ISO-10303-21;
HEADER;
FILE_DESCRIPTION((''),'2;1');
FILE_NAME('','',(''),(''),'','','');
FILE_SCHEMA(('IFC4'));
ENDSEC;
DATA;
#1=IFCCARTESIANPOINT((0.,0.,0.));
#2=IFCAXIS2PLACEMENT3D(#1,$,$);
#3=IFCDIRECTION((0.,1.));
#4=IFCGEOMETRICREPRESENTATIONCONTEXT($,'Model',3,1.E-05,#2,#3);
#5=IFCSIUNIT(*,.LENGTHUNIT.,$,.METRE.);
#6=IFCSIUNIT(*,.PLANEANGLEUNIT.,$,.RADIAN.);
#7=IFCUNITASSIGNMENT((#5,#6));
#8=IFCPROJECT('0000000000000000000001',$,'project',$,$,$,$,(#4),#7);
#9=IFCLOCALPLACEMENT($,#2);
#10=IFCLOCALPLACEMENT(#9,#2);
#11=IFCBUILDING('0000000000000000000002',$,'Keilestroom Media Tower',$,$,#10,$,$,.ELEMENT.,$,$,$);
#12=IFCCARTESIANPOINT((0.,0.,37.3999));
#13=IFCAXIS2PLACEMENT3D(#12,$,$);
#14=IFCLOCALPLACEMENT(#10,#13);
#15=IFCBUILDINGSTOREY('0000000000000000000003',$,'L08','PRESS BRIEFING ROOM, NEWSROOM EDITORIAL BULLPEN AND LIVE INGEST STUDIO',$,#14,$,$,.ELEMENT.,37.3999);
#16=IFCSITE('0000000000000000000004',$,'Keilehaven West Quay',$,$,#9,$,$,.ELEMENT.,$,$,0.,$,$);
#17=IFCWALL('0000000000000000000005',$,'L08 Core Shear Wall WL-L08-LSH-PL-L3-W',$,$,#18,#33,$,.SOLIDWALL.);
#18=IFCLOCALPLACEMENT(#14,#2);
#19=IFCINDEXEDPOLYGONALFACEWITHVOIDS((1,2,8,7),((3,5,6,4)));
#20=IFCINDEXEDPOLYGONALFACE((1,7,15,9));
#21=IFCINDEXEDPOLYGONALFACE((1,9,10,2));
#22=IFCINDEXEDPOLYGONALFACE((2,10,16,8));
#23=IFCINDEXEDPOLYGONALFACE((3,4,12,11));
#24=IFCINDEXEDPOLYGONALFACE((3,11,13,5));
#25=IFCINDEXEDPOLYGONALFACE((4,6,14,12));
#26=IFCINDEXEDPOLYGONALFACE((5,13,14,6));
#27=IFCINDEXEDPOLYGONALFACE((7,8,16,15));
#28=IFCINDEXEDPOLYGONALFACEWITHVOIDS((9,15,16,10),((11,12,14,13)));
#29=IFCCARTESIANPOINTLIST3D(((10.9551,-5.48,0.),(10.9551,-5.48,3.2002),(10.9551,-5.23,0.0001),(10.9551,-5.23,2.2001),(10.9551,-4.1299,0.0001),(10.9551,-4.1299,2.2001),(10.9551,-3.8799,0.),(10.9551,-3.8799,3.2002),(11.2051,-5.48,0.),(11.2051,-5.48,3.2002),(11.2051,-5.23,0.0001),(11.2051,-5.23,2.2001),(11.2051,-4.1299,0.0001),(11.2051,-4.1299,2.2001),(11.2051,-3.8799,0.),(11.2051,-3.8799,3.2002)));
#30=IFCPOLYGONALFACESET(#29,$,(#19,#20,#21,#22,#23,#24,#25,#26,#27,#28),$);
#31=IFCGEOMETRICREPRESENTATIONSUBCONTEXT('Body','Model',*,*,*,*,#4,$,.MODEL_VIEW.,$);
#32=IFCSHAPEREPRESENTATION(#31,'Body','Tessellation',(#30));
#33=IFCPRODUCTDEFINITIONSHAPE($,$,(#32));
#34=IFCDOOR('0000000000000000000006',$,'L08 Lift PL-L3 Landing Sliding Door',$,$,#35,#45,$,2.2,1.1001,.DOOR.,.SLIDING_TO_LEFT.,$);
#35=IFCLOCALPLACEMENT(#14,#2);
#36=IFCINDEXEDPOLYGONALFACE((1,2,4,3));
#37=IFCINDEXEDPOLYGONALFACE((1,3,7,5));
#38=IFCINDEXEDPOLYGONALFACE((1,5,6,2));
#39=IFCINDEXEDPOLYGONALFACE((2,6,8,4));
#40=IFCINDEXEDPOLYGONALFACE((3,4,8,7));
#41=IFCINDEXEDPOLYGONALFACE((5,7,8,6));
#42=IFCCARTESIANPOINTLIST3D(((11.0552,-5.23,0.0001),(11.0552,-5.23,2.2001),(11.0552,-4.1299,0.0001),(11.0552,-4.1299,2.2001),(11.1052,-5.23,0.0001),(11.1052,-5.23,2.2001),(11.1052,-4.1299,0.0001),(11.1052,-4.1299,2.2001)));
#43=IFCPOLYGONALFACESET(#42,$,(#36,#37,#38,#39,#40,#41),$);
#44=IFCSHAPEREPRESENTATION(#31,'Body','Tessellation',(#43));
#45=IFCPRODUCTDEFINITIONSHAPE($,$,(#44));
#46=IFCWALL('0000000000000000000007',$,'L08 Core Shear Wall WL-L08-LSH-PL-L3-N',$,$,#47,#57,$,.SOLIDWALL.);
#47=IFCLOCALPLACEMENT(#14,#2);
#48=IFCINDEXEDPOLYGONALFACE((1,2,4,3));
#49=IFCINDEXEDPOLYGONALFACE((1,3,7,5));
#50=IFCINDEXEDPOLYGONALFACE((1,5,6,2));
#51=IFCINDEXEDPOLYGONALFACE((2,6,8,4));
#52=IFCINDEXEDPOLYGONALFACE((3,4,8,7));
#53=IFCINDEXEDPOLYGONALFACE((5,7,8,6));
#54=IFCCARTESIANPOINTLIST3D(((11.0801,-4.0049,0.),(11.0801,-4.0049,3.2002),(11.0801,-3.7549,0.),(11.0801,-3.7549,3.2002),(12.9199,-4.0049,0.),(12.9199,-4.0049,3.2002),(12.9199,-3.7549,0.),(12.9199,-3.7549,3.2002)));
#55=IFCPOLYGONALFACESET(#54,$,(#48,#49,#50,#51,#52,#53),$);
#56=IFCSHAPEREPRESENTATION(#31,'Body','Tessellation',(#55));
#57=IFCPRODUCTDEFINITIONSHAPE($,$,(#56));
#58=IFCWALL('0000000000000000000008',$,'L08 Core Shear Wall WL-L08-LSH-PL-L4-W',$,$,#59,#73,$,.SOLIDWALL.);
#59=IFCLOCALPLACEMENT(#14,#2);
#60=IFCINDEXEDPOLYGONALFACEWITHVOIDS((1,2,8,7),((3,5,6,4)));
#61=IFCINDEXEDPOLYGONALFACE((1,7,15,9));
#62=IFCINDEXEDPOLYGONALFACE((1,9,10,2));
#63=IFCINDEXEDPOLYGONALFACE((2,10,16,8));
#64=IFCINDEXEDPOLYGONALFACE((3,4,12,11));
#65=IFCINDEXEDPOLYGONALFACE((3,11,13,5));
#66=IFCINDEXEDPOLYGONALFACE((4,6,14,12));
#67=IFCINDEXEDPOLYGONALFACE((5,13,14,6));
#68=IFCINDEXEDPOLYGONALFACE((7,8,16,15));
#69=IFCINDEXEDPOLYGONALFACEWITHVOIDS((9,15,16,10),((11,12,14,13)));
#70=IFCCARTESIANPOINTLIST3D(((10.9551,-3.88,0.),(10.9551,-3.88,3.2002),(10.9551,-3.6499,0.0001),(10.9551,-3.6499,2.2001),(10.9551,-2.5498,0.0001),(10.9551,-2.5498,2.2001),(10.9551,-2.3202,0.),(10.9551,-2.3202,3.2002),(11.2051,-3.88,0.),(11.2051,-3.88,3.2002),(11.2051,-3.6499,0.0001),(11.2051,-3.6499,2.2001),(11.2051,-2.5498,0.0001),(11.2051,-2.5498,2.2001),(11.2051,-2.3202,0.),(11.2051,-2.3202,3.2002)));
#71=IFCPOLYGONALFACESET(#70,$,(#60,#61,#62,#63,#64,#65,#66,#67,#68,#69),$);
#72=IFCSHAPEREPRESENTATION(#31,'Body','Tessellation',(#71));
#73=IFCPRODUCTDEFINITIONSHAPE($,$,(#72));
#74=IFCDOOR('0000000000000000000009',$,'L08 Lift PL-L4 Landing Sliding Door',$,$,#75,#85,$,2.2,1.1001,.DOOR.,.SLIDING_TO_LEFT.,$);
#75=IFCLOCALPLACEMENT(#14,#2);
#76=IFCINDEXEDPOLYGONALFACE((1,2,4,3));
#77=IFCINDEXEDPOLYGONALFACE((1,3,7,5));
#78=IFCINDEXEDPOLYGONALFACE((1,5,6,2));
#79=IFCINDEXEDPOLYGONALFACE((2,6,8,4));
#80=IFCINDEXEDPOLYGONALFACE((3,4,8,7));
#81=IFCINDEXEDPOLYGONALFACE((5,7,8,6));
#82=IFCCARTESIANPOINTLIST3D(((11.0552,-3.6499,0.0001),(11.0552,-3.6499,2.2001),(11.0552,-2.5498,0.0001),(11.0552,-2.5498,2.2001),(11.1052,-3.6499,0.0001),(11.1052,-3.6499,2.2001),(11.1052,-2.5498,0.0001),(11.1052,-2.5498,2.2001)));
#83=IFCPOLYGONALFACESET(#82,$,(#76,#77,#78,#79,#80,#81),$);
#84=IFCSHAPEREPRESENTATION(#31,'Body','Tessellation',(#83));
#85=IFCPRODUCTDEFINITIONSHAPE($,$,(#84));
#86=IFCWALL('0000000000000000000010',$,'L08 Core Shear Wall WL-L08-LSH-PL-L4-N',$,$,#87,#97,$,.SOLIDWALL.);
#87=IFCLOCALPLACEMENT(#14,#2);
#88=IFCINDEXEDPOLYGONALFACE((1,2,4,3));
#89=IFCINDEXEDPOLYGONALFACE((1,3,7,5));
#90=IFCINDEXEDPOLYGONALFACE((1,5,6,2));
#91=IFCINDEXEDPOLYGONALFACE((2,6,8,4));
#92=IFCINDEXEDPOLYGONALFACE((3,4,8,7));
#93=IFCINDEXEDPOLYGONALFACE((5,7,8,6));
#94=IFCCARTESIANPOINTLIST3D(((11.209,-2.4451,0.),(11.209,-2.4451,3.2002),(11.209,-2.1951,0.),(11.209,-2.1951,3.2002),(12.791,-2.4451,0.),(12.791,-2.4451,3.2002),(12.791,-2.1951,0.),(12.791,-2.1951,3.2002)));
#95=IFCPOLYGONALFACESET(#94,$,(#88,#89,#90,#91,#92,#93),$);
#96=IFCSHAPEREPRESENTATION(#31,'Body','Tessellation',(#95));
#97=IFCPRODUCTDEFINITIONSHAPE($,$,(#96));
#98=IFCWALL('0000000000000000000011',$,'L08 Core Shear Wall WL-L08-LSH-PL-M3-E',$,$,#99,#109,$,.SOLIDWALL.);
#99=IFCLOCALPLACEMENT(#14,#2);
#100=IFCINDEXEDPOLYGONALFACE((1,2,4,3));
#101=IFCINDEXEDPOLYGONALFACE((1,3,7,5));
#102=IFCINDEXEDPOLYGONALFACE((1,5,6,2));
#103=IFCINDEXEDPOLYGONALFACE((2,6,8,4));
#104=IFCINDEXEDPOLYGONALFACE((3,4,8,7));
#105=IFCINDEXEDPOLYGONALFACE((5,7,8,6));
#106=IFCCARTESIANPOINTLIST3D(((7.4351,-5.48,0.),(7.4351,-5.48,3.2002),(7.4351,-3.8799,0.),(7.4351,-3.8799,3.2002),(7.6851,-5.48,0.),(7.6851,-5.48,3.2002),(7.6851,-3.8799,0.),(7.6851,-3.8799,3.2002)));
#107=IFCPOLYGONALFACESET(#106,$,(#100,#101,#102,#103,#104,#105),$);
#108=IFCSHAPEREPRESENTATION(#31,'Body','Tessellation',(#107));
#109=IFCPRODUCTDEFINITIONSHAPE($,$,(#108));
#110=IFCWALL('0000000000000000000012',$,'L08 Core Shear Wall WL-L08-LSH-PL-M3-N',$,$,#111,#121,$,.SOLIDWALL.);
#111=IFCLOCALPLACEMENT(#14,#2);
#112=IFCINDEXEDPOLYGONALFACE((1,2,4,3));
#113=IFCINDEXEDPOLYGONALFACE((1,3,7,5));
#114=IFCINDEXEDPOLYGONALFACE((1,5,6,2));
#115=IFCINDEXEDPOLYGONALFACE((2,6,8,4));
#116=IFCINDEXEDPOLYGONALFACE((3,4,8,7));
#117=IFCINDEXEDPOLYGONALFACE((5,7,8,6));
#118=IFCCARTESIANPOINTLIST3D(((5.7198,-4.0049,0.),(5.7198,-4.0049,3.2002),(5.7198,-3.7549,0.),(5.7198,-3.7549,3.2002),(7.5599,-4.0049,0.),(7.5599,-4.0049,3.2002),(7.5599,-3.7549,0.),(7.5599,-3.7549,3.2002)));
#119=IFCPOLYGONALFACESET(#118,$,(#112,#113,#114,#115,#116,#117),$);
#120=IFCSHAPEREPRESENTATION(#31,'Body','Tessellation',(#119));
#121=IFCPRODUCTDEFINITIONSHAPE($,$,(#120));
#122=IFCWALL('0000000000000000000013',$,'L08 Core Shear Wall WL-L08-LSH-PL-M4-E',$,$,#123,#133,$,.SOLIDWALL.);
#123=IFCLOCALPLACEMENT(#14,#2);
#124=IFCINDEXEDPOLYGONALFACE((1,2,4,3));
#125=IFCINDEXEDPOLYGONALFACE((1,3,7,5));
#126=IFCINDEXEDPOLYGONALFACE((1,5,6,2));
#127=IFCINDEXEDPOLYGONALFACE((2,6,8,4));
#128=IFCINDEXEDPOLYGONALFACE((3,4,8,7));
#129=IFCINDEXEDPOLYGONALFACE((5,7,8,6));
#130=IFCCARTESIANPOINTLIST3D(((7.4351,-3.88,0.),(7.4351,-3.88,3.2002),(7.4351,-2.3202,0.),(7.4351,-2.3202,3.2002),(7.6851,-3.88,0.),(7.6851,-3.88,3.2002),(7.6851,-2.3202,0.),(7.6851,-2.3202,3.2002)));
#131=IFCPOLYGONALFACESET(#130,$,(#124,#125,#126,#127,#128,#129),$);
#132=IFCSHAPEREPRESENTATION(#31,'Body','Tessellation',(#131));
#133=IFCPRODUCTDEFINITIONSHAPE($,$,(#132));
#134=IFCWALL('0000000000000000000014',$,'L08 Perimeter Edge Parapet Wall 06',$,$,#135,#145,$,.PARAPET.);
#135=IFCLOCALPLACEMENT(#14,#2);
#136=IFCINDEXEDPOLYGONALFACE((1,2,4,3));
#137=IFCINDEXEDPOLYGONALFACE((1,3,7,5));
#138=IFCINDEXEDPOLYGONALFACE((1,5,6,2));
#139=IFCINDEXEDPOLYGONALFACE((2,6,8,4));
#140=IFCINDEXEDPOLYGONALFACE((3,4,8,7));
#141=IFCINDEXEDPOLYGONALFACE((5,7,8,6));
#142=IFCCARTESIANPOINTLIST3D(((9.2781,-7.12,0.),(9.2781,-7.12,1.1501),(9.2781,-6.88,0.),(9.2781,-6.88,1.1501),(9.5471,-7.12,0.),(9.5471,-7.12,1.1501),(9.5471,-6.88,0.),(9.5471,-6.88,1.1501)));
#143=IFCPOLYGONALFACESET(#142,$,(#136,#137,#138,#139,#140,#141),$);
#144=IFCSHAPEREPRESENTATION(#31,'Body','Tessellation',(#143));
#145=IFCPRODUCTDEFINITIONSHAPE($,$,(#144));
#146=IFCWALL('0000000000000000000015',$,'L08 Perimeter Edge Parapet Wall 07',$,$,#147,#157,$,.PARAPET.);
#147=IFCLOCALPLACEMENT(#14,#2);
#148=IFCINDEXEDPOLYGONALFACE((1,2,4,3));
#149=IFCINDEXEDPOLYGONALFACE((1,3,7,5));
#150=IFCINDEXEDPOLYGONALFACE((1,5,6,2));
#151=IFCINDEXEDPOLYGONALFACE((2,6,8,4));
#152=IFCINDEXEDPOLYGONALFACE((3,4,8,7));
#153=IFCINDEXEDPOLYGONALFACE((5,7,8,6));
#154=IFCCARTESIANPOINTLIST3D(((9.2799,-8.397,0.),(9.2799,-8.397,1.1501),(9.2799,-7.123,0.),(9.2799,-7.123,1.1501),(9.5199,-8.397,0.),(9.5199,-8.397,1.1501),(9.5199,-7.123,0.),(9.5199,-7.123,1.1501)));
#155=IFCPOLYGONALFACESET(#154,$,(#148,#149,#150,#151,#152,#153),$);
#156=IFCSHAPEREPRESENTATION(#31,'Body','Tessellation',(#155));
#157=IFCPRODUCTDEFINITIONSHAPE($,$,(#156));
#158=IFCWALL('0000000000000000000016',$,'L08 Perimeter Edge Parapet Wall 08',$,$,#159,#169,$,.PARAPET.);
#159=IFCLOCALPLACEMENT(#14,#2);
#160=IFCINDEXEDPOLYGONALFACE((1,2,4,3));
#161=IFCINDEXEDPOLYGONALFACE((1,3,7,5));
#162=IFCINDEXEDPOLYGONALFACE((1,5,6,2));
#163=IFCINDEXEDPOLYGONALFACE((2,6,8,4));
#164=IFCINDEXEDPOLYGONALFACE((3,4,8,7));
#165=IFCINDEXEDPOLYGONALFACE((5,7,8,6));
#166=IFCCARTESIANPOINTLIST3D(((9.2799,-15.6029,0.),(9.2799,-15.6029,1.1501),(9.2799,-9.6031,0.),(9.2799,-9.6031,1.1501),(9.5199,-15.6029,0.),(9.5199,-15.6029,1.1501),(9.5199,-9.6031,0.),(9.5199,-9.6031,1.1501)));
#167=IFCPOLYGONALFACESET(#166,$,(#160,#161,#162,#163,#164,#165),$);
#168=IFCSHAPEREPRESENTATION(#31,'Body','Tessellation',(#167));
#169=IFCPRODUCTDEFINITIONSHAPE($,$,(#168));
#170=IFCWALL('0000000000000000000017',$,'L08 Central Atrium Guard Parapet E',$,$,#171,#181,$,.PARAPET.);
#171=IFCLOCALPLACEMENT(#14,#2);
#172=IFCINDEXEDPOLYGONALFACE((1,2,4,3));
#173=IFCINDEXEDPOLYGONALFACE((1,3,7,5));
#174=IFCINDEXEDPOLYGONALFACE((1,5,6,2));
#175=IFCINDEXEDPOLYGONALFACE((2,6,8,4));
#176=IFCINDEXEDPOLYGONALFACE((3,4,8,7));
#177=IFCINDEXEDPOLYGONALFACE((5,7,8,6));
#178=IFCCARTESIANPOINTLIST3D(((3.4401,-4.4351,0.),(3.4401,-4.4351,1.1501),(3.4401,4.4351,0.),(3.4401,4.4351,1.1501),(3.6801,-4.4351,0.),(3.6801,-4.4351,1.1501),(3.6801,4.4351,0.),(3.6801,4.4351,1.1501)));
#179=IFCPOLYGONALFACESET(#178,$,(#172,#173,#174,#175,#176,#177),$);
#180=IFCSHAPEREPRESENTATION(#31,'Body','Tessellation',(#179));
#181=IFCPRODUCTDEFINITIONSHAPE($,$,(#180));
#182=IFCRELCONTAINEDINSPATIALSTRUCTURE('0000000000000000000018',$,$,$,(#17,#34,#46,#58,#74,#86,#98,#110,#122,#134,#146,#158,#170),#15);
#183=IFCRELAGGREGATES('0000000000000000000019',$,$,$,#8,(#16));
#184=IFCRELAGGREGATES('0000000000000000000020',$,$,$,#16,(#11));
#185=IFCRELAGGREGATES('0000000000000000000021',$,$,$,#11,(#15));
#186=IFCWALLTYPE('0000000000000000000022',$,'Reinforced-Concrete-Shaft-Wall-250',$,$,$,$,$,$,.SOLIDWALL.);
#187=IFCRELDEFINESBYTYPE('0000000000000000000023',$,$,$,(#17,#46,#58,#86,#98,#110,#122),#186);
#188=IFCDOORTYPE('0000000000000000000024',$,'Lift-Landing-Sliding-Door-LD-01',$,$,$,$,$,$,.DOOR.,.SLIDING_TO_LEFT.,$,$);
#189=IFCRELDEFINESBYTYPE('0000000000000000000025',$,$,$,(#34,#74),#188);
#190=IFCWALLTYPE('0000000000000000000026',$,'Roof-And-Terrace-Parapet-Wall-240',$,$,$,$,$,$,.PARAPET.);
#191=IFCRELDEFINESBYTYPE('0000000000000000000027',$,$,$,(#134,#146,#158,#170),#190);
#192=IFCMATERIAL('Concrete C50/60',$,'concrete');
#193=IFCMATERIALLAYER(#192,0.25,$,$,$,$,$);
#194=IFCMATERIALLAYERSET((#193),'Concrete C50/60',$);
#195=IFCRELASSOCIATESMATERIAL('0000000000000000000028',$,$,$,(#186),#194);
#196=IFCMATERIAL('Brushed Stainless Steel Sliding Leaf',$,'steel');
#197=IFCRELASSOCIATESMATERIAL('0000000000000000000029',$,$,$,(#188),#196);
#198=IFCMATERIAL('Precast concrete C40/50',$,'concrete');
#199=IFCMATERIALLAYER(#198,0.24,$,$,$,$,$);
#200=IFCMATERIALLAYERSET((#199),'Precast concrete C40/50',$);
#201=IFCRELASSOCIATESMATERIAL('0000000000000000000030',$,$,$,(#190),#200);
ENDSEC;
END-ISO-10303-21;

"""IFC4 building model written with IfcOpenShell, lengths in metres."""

from ifc_helpers import new_model, si_unit, direction, frame, frame_2d, origin, place, context, subcontext, project, spatial, rectangle, extrude, source, transform, mapped, material, layer, layer_set, type_object, element, fill, save


model = new_model("IFC4")

# Units and contexts
model_context = context("Model", 3, precision=1e-05, world=origin(), true_north=direction((0.0, 1.0)))
body_context = subcontext(model_context, "Body", "Model", "MODEL_VIEW")
ifc_project = project(units=[si_unit("LENGTHUNIT", "METRE"), si_unit("PLANEANGLEUNIT", "RADIAN")], contexts=[model_context])

# Site, building, storey
site_placement = place(None, origin())
site = spatial("IfcSite", under=ifc_project, at=site_placement, Name="Keilehaven West Quay", CompositionType="ELEMENT", RefElevation=0.0)
building_placement = place(site_placement, origin())
building = spatial("IfcBuilding", under=site, at=building_placement, Name="Keilestroom Media Tower", CompositionType="ELEMENT")
storey_placement = place(building_placement, frame((0.0, 0.0, 37.3999)))
storey = spatial("IfcBuildingStorey", under=building, at=storey_placement, Name="L08", Description="PRESS BRIEFING ROOM, NEWSROOM EDITORIAL BULLPEN AND LIVE INGEST STUDIO", CompositionType="ELEMENT", Elevation=37.3999)

# Shared definitions
ifc_material_1 = material(Name="Concrete C50/60", Category="concrete")
ifc_layer_1 = layer(ifc_material_1, 0.25)
ifc_layer_set_1 = layer_set([ifc_layer_1], Name="Concrete C50/60")
wall_type_1 = type_object("IfcWallType", Name="Reinforced-Concrete-Shaft-Wall-250", PredefinedType="SOLIDWALL", material=ifc_layer_set_1)

# Shared definitions
ifc_material_2 = material(Name="Brushed Stainless Steel Sliding Leaf", Category="steel")

# Wall, opening, door
wall_1_placement = place(storey_placement, frame((11.0801, -5.48, 0.0), z_axis=(0.0, 0.0, 1.0), x_axis=(0.0, 1.0, 0.0)))
wall_1 = element("IfcWall", 1, at=wall_1_placement, inside=storey, type_object=wall_type_1, Name="L08 Core Shear Wall WL-L08-LSH-PL-L3-W", PredefinedType="SOLIDWALL", context=body_context, shape_type="SweptSolid", body=[
    extrude(rectangle(XDim=1.6001, YDim=0.25, at=frame_2d((0.8, 0.0))), origin(), (0.0, 0.0, 1.0), 3.2002),
])
opening_1_placement = place(wall_1_placement, frame((0.25, 0.0, 0.0)))
opening_1 = element("IfcOpeningElement", 2, at=opening_1_placement, cuts=wall_1, PredefinedType="OPENING", context=body_context, shape_type="SweptSolid", body=[
    extrude(rectangle(XDim=1.1001, YDim=2.2, at=frame_2d((0.55, 1.1001))), frame((0.0, 0.135, 0.0), z_axis=(0.0, -1.0, 0.0), x_axis=(1.0, 0.0, 0.0)), (0.0, 0.0, 1.0), 0.27),
])
door_type_1 = type_object("IfcDoorType", Name="Lift-Landing-Sliding-Door-LD-01", OperationType="SLIDING_TO_LEFT", PredefinedType="DOOR", material=ifc_material_2)
shared_shape_1 = source(origin(), body_context, "Body", "SweptSolid", [
    extrude(rectangle(XDim=1.1001, YDim=2.2, at=frame_2d((0.55, 1.1001))), frame((0.0, 0.0249, 0.0), z_axis=(0.0, -1.0, 0.0), x_axis=(1.0, 0.0, 0.0)), (0.0, 0.0, 1.0), 0.05),
])
door_1_placement = place(opening_1_placement, origin())
door_1 = element("IfcDoor", 3, at=door_1_placement, inside=storey, type_object=door_type_1, Name="L08 Lift PL-L3 Landing Sliding Door", OperationType="SLIDING_TO_LEFT", OverallHeight=2.2, OverallWidth=1.1001, PredefinedType="DOOR", context=body_context, shape_type="MappedRepresentation", body=[
    mapped(shared_shape_1, transform((0.0, 0.0, 0.0), x_axis=(1.0, 0.0, 0.0), y_axis=(0.0, 1.0, 0.0), z_axis=(0.0, 0.0, 1.0), scale=1.0)),
])
fill(opening_1, door_1)

# Wall
wall_2_placement = place(storey_placement, frame((11.0801, -3.8799, 0.0), z_axis=(0.0, 0.0, 1.0), x_axis=(1.0, 0.0, 0.0)))
element("IfcWall", 4, at=wall_2_placement, inside=storey, type_object=wall_type_1, Name="L08 Core Shear Wall WL-L08-LSH-PL-L3-N", PredefinedType="SOLIDWALL", context=body_context, shape_type="SweptSolid", body=[
    extrude(rectangle(XDim=1.8398, YDim=0.25, at=frame_2d((0.9199, 0.0))), origin(), (0.0, 0.0, 1.0), 3.2002),
])

# Wall, opening, door
wall_3_placement = place(storey_placement, frame((11.0801, -3.8799, 0.0), z_axis=(0.0, 0.0, 1.0), x_axis=(0.0, 1.0, 0.0)))
wall_3 = element("IfcWall", 5, at=wall_3_placement, inside=storey, type_object=wall_type_1, Name="L08 Core Shear Wall WL-L08-LSH-PL-L4-W", PredefinedType="SOLIDWALL", context=body_context, shape_type="SweptSolid", body=[
    extrude(rectangle(XDim=1.5598, YDim=0.25, at=frame_2d((0.7798, 0.0))), origin(), (0.0, 0.0, 1.0), 3.2002),
])
opening_2_placement = place(wall_3_placement, frame((0.23, 0.0, 0.0)))
opening_2 = element("IfcOpeningElement", 6, at=opening_2_placement, cuts=wall_3, PredefinedType="OPENING", context=body_context, shape_type="SweptSolid", body=[
    extrude(rectangle(XDim=1.1001, YDim=2.2, at=frame_2d((0.55, 1.1001))), frame((0.0, 0.135, 0.0), z_axis=(0.0, -1.0, 0.0), x_axis=(1.0, 0.0, 0.0)), (0.0, 0.0, 1.0), 0.27),
])
door_2_placement = place(opening_2_placement, origin())
door_2 = element("IfcDoor", 7, at=door_2_placement, inside=storey, type_object=door_type_1, Name="L08 Lift PL-L4 Landing Sliding Door", OperationType="SLIDING_TO_LEFT", OverallHeight=2.2, OverallWidth=1.1001, PredefinedType="DOOR", context=body_context, shape_type="MappedRepresentation", body=[
    mapped(shared_shape_1, transform((0.0, 0.0, 0.0), x_axis=(1.0, 0.0, 0.0), y_axis=(0.0, 1.0, 0.0), z_axis=(0.0, 0.0, 1.0), scale=1.0)),
])
fill(opening_2, door_2)

# Walls
wall_4_placement = place(storey_placement, frame((11.209, -2.3201, 0.0), z_axis=(0.0, 0.0, 1.0), x_axis=(1.0, 0.0, 0.0)))
element("IfcWall", 8, at=wall_4_placement, inside=storey, type_object=wall_type_1, Name="L08 Core Shear Wall WL-L08-LSH-PL-L4-N", PredefinedType="SOLIDWALL", context=body_context, shape_type="SweptSolid", body=[
    extrude(rectangle(XDim=1.582, YDim=0.25, at=frame_2d((0.791, 0.0))), origin(), (0.0, 0.0, 1.0), 3.2002),
])
wall_5_placement = place(storey_placement, frame((7.5601, -5.48, 0.0), z_axis=(0.0, 0.0, 1.0), x_axis=(0.0, 1.0, 0.0)))
element("IfcWall", 9, at=wall_5_placement, inside=storey, type_object=wall_type_1, Name="L08 Core Shear Wall WL-L08-LSH-PL-M3-E", PredefinedType="SOLIDWALL", context=body_context, shape_type="SweptSolid", body=[
    extrude(rectangle(XDim=1.6001, YDim=0.25, at=frame_2d((0.8, 0.0))), origin(), (0.0, 0.0, 1.0), 3.2002),
])
wall_6_placement = place(storey_placement, frame((5.72, -3.8799, 0.0), z_axis=(0.0, 0.0, 1.0), x_axis=(1.0, 0.0, 0.0)))
element("IfcWall", 10, at=wall_6_placement, inside=storey, type_object=wall_type_1, Name="L08 Core Shear Wall WL-L08-LSH-PL-M3-N", PredefinedType="SOLIDWALL", context=body_context, shape_type="SweptSolid", body=[
    extrude(rectangle(XDim=1.8401, YDim=0.25, at=frame_2d((0.9199, 0.0))), origin(), (0.0, 0.0, 1.0), 3.2002),
])
wall_7_placement = place(storey_placement, frame((7.5601, -3.8799, 0.0), z_axis=(0.0, 0.0, 1.0), x_axis=(0.0, 1.0, 0.0)))
element("IfcWall", 11, at=wall_7_placement, inside=storey, type_object=wall_type_1, Name="L08 Core Shear Wall WL-L08-LSH-PL-M4-E", PredefinedType="SOLIDWALL", context=body_context, shape_type="SweptSolid", body=[
    extrude(rectangle(XDim=1.5598, YDim=0.25, at=frame_2d((0.7798, 0.0))), origin(), (0.0, 0.0, 1.0), 3.2002),
])
ifc_material_3 = material(Name="Precast concrete C40/50", Category="concrete")
ifc_layer_2 = layer(ifc_material_3, 0.24)
ifc_layer_set_2 = layer_set([ifc_layer_2], Name="Precast concrete C40/50")
wall_type_2 = type_object("IfcWallType", Name="Roof-And-Terrace-Parapet-Wall-240", PredefinedType="PARAPET", material=ifc_layer_set_2)
wall_8_placement = place(storey_placement, frame((9.5471, -7.0, 0.0), z_axis=(0.0, 0.0, 1.0), x_axis=(-1.0, 0.0, 0.0)))
element("IfcWall", 12, at=wall_8_placement, inside=storey, type_object=wall_type_2, Name="L08 Perimeter Edge Parapet Wall 06", PredefinedType="PARAPET", context=body_context, shape_type="SweptSolid", body=[
    extrude(rectangle(XDim=0.269, YDim=0.24, at=frame_2d((0.1345, 0.0))), origin(), (0.0, 0.0, 1.0), 1.1501),
])
wall_9_placement = place(storey_placement, frame((9.3999, -7.123, 0.0), z_axis=(0.0, 0.0, 1.0), x_axis=(0.0, -1.0, 0.0)))
element("IfcWall", 13, at=wall_9_placement, inside=storey, type_object=wall_type_2, Name="L08 Perimeter Edge Parapet Wall 07", PredefinedType="PARAPET", context=body_context, shape_type="SweptSolid", body=[
    extrude(rectangle(XDim=1.2739, YDim=0.24, at=frame_2d((0.637, 0.0))), origin(), (0.0, 0.0, 1.0), 1.1501),
])
wall_10_placement = place(storey_placement, frame((9.3999, -9.603, 0.0), z_axis=(0.0, 0.0, 1.0), x_axis=(0.0, -1.0, 0.0)))
element("IfcWall", 14, at=wall_10_placement, inside=storey, type_object=wall_type_2, Name="L08 Perimeter Edge Parapet Wall 08", PredefinedType="PARAPET", context=body_context, shape_type="SweptSolid", body=[
    extrude(rectangle(XDim=5.9998, YDim=0.24, at=frame_2d((3.0, 0.0))), origin(), (0.0, 0.0, 1.0), 1.1501),
])
wall_11_placement = place(storey_placement, frame((3.5601, -4.4351, 0.0), z_axis=(0.0, 0.0, 1.0), x_axis=(0.0, 1.0, 0.0)))
element("IfcWall", 15, at=wall_11_placement, inside=storey, type_object=wall_type_2, Name="L08 Central Atrium Guard Parapet E", PredefinedType="PARAPET", context=body_context, shape_type="SweptSolid", body=[
    extrude(rectangle(XDim=8.8701, YDim=0.24, at=frame_2d((4.4351, 0.0))), origin(), (0.0, 0.0, 1.0), 1.1501),
])

save(model, "model.ifc")
